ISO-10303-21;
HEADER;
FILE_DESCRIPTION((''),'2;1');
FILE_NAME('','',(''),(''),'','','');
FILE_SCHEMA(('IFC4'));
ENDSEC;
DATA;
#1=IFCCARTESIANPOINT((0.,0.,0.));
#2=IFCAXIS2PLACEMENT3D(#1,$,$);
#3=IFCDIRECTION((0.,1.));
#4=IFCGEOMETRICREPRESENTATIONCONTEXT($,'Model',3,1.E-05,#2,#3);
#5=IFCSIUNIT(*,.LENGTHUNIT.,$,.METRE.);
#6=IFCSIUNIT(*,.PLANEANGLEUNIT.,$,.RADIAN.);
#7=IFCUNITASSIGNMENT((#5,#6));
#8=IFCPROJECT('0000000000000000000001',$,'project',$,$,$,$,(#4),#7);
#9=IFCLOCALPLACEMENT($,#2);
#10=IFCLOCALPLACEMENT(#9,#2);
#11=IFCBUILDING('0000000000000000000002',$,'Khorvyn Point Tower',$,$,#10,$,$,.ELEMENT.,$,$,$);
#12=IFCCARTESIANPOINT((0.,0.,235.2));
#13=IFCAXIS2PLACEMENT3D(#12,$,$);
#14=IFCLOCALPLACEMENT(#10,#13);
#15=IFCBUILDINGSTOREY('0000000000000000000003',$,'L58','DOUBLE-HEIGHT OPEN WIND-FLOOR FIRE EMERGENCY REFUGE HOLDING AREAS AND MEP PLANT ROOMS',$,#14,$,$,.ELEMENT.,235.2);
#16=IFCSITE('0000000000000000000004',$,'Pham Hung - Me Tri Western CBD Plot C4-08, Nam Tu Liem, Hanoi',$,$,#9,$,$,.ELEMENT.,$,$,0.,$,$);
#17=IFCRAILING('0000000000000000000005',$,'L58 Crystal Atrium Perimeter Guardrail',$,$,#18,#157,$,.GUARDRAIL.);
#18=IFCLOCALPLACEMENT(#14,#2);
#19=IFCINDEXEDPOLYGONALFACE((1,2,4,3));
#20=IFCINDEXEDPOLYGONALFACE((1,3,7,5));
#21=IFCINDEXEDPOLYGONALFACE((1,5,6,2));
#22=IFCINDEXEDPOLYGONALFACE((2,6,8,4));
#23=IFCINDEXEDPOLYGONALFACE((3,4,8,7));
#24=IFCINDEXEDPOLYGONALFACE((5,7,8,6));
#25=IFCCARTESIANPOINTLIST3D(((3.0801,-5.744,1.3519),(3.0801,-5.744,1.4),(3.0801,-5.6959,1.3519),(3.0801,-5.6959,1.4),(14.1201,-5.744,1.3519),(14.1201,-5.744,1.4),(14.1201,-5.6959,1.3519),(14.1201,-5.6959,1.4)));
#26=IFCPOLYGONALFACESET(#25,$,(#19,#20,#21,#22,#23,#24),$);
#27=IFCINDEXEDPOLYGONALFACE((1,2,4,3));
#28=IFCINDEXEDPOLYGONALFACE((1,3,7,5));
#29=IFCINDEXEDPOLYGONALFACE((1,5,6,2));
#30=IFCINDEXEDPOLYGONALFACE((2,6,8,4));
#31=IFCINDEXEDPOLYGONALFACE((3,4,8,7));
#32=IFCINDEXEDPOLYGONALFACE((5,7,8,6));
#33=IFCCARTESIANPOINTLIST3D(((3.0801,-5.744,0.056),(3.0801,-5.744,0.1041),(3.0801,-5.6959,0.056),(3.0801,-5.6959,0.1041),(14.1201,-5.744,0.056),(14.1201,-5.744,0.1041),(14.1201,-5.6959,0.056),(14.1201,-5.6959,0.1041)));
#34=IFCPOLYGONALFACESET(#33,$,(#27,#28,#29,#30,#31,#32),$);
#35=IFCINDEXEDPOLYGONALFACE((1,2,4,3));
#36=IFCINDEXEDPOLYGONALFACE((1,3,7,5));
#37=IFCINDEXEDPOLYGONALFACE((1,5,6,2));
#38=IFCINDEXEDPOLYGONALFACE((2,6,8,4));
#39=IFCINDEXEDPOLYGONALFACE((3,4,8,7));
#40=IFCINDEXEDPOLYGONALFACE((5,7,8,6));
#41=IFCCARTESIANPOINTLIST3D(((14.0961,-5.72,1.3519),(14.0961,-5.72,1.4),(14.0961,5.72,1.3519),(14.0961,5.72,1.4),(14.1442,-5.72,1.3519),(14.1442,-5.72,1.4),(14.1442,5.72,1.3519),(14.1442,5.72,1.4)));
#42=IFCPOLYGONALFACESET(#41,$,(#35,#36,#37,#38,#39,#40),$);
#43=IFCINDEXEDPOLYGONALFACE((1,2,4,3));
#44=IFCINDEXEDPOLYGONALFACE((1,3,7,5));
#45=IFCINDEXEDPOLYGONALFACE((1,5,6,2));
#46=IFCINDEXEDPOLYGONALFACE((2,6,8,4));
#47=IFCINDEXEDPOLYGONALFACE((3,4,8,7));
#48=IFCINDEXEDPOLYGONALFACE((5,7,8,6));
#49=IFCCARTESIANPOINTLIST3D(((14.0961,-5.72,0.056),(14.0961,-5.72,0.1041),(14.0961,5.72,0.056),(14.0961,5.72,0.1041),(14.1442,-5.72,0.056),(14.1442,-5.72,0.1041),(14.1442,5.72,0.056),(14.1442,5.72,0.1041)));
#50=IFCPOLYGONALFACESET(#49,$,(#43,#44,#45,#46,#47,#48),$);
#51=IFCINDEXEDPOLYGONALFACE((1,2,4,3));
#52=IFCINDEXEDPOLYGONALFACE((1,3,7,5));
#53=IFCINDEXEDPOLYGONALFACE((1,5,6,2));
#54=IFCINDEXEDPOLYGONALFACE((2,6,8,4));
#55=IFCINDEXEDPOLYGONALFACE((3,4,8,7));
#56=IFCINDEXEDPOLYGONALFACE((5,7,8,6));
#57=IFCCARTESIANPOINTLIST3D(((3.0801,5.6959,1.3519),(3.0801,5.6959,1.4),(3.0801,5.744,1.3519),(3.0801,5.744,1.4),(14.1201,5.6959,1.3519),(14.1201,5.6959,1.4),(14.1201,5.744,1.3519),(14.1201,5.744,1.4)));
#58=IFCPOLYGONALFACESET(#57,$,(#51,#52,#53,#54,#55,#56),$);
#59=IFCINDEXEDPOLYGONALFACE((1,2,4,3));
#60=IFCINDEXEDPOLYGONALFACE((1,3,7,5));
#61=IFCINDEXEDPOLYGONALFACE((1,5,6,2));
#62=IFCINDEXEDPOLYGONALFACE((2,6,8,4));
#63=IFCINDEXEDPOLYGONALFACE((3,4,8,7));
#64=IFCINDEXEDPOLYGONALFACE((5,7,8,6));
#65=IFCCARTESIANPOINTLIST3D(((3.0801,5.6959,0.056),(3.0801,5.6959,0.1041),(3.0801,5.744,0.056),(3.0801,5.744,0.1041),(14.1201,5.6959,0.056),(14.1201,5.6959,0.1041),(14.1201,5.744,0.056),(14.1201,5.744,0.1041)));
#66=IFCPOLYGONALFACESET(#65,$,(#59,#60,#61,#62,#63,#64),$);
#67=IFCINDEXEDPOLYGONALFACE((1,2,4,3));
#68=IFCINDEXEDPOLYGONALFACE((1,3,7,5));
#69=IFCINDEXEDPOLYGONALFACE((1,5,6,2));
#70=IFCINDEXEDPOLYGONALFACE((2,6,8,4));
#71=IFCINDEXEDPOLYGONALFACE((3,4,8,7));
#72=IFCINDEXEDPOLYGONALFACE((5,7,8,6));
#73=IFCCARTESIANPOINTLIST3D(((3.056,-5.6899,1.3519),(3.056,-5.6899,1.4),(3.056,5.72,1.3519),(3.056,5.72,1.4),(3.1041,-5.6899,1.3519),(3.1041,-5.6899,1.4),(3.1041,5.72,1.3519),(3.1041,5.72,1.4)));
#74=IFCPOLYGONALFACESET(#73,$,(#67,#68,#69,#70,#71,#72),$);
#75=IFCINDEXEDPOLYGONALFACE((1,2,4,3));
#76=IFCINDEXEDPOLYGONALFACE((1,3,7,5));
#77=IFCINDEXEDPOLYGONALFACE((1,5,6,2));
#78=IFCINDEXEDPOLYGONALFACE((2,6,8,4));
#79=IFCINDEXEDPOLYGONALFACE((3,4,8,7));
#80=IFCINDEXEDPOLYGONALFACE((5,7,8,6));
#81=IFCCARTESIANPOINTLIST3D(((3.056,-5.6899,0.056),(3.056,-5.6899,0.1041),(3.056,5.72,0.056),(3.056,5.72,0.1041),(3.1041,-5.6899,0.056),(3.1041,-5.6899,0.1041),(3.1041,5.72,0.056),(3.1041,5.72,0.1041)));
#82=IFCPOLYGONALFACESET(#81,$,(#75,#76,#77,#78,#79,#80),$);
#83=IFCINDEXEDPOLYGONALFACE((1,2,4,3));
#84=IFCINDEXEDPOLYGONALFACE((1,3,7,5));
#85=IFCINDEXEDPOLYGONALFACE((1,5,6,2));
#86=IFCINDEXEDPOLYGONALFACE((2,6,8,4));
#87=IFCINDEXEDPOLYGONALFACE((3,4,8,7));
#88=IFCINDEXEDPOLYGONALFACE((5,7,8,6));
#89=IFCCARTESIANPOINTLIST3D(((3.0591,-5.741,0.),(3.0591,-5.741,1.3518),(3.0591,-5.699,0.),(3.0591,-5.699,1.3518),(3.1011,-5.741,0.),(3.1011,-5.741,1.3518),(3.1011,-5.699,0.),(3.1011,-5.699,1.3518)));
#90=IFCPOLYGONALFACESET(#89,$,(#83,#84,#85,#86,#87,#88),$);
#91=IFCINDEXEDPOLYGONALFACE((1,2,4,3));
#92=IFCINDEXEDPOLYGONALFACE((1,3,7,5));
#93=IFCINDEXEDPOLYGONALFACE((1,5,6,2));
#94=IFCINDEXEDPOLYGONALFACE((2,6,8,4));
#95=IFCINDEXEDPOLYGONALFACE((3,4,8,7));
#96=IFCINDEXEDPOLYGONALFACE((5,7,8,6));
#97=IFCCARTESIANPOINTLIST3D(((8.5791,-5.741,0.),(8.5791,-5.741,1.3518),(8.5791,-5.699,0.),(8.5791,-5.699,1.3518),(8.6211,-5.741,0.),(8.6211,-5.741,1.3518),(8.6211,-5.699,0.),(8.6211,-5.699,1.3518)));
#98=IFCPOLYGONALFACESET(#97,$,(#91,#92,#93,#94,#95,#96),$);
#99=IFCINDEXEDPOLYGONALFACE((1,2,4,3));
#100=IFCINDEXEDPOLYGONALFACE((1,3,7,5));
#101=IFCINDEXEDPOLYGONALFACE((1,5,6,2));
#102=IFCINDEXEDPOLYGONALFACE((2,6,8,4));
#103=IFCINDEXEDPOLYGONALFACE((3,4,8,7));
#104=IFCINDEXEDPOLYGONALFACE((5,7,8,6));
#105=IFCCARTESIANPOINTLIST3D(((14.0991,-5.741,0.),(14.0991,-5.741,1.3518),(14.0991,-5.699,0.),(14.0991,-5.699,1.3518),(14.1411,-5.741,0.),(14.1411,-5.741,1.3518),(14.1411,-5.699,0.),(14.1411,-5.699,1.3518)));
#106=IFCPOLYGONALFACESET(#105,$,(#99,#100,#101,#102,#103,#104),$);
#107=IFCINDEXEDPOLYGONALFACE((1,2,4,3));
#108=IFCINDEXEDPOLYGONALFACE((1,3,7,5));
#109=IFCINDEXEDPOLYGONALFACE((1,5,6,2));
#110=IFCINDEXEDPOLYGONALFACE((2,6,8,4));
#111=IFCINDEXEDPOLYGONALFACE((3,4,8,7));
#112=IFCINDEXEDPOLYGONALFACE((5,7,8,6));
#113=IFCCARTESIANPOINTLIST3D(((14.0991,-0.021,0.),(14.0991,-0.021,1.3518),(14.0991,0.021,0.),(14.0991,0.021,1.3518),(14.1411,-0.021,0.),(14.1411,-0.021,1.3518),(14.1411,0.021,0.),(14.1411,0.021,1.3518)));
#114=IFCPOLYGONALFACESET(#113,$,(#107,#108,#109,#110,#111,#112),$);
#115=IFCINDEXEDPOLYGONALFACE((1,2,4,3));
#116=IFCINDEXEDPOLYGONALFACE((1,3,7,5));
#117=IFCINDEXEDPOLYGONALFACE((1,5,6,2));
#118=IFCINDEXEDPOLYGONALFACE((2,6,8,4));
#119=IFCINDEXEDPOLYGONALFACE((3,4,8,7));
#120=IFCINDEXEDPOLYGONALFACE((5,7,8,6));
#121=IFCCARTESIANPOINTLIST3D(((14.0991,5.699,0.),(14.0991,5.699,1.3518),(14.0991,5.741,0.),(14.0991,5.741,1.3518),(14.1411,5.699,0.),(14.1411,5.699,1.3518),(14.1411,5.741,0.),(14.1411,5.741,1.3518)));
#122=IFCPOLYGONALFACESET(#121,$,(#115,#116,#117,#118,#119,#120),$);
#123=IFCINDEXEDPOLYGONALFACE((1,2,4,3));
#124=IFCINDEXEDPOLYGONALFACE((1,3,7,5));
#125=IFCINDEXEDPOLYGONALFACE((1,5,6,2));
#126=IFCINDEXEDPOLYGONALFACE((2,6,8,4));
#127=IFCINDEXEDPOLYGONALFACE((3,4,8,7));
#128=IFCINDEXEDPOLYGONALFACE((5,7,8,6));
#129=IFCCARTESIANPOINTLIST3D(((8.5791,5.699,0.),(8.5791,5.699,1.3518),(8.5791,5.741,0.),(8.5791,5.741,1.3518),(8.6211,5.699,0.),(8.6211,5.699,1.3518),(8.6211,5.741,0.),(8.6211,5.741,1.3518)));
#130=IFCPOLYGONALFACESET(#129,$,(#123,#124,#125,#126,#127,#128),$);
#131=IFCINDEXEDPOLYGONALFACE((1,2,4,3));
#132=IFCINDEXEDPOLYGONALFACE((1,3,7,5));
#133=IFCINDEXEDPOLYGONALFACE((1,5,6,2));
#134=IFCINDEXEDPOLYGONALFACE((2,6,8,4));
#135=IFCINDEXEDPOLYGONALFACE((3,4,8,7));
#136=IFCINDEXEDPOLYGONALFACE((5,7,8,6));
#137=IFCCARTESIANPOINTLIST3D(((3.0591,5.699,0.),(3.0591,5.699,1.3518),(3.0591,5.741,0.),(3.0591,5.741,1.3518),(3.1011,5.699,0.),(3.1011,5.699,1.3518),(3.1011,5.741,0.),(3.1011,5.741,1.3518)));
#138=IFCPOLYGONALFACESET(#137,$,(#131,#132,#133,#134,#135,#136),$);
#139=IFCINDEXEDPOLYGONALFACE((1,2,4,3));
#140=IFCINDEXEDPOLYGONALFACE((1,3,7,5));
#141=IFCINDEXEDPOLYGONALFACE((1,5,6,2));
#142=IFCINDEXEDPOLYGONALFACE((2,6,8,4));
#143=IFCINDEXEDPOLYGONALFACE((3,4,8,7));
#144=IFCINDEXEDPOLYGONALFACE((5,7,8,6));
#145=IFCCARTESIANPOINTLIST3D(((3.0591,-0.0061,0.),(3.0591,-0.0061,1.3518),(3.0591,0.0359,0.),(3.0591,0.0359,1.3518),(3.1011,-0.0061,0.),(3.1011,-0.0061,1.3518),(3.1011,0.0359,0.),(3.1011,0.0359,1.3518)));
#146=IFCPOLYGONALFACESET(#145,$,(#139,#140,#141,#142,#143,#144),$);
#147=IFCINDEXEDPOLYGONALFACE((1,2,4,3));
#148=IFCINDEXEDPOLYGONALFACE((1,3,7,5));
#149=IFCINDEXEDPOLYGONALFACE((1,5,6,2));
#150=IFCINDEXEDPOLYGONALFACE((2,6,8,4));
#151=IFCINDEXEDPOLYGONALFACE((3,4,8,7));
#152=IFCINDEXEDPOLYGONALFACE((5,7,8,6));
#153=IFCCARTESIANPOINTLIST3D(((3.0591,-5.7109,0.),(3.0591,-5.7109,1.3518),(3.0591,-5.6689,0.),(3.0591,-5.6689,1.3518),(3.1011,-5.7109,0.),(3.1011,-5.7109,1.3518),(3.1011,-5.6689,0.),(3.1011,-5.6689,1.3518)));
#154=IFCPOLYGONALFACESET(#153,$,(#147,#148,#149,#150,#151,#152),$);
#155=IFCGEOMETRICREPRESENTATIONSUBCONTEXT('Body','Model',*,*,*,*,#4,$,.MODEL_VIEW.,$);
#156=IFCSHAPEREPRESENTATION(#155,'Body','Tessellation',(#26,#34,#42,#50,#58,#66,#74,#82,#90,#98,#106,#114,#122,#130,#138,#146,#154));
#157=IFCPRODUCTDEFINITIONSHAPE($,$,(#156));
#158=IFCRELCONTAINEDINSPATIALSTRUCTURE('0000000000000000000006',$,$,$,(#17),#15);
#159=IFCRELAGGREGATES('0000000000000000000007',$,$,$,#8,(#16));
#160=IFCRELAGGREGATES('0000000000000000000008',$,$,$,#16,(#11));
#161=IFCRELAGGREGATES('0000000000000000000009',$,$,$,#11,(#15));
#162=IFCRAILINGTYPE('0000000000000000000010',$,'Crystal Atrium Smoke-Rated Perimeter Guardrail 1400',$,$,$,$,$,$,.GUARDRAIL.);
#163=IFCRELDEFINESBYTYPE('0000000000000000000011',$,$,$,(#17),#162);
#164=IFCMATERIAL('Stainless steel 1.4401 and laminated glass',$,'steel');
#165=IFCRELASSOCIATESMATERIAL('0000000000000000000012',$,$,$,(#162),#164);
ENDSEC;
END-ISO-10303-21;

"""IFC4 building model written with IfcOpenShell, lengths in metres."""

from ifc_helpers import new_model, si_unit, direction, frame, origin, origin_2d, place, context, subcontext, project, spatial, rectangle, extrude, material, type_object, element, save


model = new_model("IFC4")

# Units and contexts
model_context = context("Model", 3, precision=1e-05, world=origin(), true_north=direction((0.0, 1.0)))
body_context = subcontext(model_context, "Body", "Model", "MODEL_VIEW")
ifc_project = project(units=[si_unit("LENGTHUNIT", "METRE"), si_unit("PLANEANGLEUNIT", "RADIAN")], contexts=[model_context])

# Site, building, storey
site_placement = place(None, origin())
site = spatial("IfcSite", under=ifc_project, at=site_placement, Name="Pham Hung - Me Tri Western CBD Plot C4-08, Nam Tu Liem, Hanoi", CompositionType="ELEMENT", RefElevation=0.0)
building_placement = place(site_placement, origin())
building = spatial("IfcBuilding", under=site, at=building_placement, Name="Khorvyn Point Tower", CompositionType="ELEMENT")
storey_placement = place(building_placement, frame((0.0, 0.0, 235.2)))
storey = spatial("IfcBuildingStorey", under=building, at=storey_placement, Name="L58", Description="DOUBLE-HEIGHT OPEN WIND-FLOOR FIRE EMERGENCY REFUGE HOLDING AREAS AND MEP PLANT ROOMS", CompositionType="ELEMENT", Elevation=235.2)

# Railing
ifc_material_1 = material(Name="Stainless steel 1.4401 and laminated glass", Category="steel")
railing_type = type_object("IfcRailingType", Name="Crystal Atrium Smoke-Rated Perimeter Guardrail 1400", PredefinedType="GUARDRAIL", material=ifc_material_1)
railing_placement = place(storey_placement, frame((3.0801, -5.72, 0.0)))
element("IfcRailing", 1, at=railing_placement, inside=storey, type_object=railing_type, Name="L58 Crystal Atrium Perimeter Guardrail", PredefinedType="GUARDRAIL", context=body_context, shape_type="SweptSolid", body=[
    extrude(rectangle(XDim=0.0481, YDim=0.0481, at=origin_2d()), frame((0.0, 0.0, 1.376), z_axis=(1.0, 0.0, 0.0), x_axis=(0.0, 1.0, 0.0)), (0.0, 0.0, 1.0), 11.04),
    extrude(rectangle(XDim=0.0481, YDim=0.0481, at=origin_2d()), frame((0.0, 0.0, 0.0801), z_axis=(1.0, 0.0, 0.0), x_axis=(0.0, 1.0, 0.0)), (0.0, 0.0, 1.0), 11.04),
    extrude(rectangle(XDim=0.0481, YDim=0.0481, at=origin_2d()), frame((11.04, 0.0, 1.376), z_axis=(0.0, 1.0, 0.0), x_axis=(-1.0, 0.0, 0.0)), (0.0, 0.0, 1.0), 11.4399),
    extrude(rectangle(XDim=0.0481, YDim=0.0481, at=origin_2d()), frame((11.04, 0.0, 0.0801), z_axis=(0.0, 1.0, 0.0), x_axis=(-1.0, 0.0, 0.0)), (0.0, 0.0, 1.0), 11.4399),
    extrude(rectangle(XDim=0.0481, YDim=0.0481, at=origin_2d()), frame((11.04, 11.4399, 1.376), z_axis=(-1.0, 0.0, 0.0), x_axis=(0.0, -1.0, 0.0)), (0.0, 0.0, 1.0), 11.04),
    extrude(rectangle(XDim=0.0481, YDim=0.0481, at=origin_2d()), frame((11.04, 11.4399, 0.0801), z_axis=(-1.0, 0.0, 0.0), x_axis=(0.0, -1.0, 0.0)), (0.0, 0.0, 1.0), 11.04),
    extrude(rectangle(XDim=0.0481, YDim=0.0481, at=origin_2d()), frame((0.0, 11.4399, 1.376), z_axis=(0.0, -1.0, 0.0), x_axis=(1.0, 0.0, 0.0)), (0.0, 0.0, 1.0), 11.4099),
    extrude(rectangle(XDim=0.0481, YDim=0.0481, at=origin_2d()), frame((0.0, 11.4399, 0.0801), z_axis=(0.0, -1.0, 0.0), x_axis=(1.0, 0.0, 0.0)), (0.0, 0.0, 1.0), 11.4099),
    extrude(rectangle(XDim=0.042, YDim=0.042, at=origin_2d()), origin(), (0.0, 0.0, 1.0), 1.3518),
    extrude(rectangle(XDim=0.042, YDim=0.042, at=origin_2d()), frame((5.52, 0.0, 0.0)), (0.0, 0.0, 1.0), 1.3518),
    extrude(rectangle(XDim=0.042, YDim=0.042, at=origin_2d()), frame((11.04, 0.0, 0.0)), (0.0, 0.0, 1.0), 1.3518),
    extrude(rectangle(XDim=0.042, YDim=0.042, at=origin_2d()), frame((11.04, 5.72, 0.0)), (0.0, 0.0, 1.0), 1.3518),
    extrude(rectangle(XDim=0.042, YDim=0.042, at=origin_2d()), frame((11.04, 11.4399, 0.0)), (0.0, 0.0, 1.0), 1.3518),
    extrude(rectangle(XDim=0.042, YDim=0.042, at=origin_2d()), frame((5.52, 11.4399, 0.0)), (0.0, 0.0, 1.0), 1.3518),
    extrude(rectangle(XDim=0.042, YDim=0.042, at=origin_2d()), frame((0.0, 11.4399, 0.0)), (0.0, 0.0, 1.0), 1.3518),
    extrude(rectangle(XDim=0.042, YDim=0.042, at=origin_2d()), frame((0.0, 5.7349, 0.0)), (0.0, 0.0, 1.0), 1.3518),
    extrude(rectangle(XDim=0.042, YDim=0.042, at=origin_2d()), frame((0.0, 0.03, 0.0)), (0.0, 0.0, 1.0), 1.3518),
])

save(model, "model.ifc")
